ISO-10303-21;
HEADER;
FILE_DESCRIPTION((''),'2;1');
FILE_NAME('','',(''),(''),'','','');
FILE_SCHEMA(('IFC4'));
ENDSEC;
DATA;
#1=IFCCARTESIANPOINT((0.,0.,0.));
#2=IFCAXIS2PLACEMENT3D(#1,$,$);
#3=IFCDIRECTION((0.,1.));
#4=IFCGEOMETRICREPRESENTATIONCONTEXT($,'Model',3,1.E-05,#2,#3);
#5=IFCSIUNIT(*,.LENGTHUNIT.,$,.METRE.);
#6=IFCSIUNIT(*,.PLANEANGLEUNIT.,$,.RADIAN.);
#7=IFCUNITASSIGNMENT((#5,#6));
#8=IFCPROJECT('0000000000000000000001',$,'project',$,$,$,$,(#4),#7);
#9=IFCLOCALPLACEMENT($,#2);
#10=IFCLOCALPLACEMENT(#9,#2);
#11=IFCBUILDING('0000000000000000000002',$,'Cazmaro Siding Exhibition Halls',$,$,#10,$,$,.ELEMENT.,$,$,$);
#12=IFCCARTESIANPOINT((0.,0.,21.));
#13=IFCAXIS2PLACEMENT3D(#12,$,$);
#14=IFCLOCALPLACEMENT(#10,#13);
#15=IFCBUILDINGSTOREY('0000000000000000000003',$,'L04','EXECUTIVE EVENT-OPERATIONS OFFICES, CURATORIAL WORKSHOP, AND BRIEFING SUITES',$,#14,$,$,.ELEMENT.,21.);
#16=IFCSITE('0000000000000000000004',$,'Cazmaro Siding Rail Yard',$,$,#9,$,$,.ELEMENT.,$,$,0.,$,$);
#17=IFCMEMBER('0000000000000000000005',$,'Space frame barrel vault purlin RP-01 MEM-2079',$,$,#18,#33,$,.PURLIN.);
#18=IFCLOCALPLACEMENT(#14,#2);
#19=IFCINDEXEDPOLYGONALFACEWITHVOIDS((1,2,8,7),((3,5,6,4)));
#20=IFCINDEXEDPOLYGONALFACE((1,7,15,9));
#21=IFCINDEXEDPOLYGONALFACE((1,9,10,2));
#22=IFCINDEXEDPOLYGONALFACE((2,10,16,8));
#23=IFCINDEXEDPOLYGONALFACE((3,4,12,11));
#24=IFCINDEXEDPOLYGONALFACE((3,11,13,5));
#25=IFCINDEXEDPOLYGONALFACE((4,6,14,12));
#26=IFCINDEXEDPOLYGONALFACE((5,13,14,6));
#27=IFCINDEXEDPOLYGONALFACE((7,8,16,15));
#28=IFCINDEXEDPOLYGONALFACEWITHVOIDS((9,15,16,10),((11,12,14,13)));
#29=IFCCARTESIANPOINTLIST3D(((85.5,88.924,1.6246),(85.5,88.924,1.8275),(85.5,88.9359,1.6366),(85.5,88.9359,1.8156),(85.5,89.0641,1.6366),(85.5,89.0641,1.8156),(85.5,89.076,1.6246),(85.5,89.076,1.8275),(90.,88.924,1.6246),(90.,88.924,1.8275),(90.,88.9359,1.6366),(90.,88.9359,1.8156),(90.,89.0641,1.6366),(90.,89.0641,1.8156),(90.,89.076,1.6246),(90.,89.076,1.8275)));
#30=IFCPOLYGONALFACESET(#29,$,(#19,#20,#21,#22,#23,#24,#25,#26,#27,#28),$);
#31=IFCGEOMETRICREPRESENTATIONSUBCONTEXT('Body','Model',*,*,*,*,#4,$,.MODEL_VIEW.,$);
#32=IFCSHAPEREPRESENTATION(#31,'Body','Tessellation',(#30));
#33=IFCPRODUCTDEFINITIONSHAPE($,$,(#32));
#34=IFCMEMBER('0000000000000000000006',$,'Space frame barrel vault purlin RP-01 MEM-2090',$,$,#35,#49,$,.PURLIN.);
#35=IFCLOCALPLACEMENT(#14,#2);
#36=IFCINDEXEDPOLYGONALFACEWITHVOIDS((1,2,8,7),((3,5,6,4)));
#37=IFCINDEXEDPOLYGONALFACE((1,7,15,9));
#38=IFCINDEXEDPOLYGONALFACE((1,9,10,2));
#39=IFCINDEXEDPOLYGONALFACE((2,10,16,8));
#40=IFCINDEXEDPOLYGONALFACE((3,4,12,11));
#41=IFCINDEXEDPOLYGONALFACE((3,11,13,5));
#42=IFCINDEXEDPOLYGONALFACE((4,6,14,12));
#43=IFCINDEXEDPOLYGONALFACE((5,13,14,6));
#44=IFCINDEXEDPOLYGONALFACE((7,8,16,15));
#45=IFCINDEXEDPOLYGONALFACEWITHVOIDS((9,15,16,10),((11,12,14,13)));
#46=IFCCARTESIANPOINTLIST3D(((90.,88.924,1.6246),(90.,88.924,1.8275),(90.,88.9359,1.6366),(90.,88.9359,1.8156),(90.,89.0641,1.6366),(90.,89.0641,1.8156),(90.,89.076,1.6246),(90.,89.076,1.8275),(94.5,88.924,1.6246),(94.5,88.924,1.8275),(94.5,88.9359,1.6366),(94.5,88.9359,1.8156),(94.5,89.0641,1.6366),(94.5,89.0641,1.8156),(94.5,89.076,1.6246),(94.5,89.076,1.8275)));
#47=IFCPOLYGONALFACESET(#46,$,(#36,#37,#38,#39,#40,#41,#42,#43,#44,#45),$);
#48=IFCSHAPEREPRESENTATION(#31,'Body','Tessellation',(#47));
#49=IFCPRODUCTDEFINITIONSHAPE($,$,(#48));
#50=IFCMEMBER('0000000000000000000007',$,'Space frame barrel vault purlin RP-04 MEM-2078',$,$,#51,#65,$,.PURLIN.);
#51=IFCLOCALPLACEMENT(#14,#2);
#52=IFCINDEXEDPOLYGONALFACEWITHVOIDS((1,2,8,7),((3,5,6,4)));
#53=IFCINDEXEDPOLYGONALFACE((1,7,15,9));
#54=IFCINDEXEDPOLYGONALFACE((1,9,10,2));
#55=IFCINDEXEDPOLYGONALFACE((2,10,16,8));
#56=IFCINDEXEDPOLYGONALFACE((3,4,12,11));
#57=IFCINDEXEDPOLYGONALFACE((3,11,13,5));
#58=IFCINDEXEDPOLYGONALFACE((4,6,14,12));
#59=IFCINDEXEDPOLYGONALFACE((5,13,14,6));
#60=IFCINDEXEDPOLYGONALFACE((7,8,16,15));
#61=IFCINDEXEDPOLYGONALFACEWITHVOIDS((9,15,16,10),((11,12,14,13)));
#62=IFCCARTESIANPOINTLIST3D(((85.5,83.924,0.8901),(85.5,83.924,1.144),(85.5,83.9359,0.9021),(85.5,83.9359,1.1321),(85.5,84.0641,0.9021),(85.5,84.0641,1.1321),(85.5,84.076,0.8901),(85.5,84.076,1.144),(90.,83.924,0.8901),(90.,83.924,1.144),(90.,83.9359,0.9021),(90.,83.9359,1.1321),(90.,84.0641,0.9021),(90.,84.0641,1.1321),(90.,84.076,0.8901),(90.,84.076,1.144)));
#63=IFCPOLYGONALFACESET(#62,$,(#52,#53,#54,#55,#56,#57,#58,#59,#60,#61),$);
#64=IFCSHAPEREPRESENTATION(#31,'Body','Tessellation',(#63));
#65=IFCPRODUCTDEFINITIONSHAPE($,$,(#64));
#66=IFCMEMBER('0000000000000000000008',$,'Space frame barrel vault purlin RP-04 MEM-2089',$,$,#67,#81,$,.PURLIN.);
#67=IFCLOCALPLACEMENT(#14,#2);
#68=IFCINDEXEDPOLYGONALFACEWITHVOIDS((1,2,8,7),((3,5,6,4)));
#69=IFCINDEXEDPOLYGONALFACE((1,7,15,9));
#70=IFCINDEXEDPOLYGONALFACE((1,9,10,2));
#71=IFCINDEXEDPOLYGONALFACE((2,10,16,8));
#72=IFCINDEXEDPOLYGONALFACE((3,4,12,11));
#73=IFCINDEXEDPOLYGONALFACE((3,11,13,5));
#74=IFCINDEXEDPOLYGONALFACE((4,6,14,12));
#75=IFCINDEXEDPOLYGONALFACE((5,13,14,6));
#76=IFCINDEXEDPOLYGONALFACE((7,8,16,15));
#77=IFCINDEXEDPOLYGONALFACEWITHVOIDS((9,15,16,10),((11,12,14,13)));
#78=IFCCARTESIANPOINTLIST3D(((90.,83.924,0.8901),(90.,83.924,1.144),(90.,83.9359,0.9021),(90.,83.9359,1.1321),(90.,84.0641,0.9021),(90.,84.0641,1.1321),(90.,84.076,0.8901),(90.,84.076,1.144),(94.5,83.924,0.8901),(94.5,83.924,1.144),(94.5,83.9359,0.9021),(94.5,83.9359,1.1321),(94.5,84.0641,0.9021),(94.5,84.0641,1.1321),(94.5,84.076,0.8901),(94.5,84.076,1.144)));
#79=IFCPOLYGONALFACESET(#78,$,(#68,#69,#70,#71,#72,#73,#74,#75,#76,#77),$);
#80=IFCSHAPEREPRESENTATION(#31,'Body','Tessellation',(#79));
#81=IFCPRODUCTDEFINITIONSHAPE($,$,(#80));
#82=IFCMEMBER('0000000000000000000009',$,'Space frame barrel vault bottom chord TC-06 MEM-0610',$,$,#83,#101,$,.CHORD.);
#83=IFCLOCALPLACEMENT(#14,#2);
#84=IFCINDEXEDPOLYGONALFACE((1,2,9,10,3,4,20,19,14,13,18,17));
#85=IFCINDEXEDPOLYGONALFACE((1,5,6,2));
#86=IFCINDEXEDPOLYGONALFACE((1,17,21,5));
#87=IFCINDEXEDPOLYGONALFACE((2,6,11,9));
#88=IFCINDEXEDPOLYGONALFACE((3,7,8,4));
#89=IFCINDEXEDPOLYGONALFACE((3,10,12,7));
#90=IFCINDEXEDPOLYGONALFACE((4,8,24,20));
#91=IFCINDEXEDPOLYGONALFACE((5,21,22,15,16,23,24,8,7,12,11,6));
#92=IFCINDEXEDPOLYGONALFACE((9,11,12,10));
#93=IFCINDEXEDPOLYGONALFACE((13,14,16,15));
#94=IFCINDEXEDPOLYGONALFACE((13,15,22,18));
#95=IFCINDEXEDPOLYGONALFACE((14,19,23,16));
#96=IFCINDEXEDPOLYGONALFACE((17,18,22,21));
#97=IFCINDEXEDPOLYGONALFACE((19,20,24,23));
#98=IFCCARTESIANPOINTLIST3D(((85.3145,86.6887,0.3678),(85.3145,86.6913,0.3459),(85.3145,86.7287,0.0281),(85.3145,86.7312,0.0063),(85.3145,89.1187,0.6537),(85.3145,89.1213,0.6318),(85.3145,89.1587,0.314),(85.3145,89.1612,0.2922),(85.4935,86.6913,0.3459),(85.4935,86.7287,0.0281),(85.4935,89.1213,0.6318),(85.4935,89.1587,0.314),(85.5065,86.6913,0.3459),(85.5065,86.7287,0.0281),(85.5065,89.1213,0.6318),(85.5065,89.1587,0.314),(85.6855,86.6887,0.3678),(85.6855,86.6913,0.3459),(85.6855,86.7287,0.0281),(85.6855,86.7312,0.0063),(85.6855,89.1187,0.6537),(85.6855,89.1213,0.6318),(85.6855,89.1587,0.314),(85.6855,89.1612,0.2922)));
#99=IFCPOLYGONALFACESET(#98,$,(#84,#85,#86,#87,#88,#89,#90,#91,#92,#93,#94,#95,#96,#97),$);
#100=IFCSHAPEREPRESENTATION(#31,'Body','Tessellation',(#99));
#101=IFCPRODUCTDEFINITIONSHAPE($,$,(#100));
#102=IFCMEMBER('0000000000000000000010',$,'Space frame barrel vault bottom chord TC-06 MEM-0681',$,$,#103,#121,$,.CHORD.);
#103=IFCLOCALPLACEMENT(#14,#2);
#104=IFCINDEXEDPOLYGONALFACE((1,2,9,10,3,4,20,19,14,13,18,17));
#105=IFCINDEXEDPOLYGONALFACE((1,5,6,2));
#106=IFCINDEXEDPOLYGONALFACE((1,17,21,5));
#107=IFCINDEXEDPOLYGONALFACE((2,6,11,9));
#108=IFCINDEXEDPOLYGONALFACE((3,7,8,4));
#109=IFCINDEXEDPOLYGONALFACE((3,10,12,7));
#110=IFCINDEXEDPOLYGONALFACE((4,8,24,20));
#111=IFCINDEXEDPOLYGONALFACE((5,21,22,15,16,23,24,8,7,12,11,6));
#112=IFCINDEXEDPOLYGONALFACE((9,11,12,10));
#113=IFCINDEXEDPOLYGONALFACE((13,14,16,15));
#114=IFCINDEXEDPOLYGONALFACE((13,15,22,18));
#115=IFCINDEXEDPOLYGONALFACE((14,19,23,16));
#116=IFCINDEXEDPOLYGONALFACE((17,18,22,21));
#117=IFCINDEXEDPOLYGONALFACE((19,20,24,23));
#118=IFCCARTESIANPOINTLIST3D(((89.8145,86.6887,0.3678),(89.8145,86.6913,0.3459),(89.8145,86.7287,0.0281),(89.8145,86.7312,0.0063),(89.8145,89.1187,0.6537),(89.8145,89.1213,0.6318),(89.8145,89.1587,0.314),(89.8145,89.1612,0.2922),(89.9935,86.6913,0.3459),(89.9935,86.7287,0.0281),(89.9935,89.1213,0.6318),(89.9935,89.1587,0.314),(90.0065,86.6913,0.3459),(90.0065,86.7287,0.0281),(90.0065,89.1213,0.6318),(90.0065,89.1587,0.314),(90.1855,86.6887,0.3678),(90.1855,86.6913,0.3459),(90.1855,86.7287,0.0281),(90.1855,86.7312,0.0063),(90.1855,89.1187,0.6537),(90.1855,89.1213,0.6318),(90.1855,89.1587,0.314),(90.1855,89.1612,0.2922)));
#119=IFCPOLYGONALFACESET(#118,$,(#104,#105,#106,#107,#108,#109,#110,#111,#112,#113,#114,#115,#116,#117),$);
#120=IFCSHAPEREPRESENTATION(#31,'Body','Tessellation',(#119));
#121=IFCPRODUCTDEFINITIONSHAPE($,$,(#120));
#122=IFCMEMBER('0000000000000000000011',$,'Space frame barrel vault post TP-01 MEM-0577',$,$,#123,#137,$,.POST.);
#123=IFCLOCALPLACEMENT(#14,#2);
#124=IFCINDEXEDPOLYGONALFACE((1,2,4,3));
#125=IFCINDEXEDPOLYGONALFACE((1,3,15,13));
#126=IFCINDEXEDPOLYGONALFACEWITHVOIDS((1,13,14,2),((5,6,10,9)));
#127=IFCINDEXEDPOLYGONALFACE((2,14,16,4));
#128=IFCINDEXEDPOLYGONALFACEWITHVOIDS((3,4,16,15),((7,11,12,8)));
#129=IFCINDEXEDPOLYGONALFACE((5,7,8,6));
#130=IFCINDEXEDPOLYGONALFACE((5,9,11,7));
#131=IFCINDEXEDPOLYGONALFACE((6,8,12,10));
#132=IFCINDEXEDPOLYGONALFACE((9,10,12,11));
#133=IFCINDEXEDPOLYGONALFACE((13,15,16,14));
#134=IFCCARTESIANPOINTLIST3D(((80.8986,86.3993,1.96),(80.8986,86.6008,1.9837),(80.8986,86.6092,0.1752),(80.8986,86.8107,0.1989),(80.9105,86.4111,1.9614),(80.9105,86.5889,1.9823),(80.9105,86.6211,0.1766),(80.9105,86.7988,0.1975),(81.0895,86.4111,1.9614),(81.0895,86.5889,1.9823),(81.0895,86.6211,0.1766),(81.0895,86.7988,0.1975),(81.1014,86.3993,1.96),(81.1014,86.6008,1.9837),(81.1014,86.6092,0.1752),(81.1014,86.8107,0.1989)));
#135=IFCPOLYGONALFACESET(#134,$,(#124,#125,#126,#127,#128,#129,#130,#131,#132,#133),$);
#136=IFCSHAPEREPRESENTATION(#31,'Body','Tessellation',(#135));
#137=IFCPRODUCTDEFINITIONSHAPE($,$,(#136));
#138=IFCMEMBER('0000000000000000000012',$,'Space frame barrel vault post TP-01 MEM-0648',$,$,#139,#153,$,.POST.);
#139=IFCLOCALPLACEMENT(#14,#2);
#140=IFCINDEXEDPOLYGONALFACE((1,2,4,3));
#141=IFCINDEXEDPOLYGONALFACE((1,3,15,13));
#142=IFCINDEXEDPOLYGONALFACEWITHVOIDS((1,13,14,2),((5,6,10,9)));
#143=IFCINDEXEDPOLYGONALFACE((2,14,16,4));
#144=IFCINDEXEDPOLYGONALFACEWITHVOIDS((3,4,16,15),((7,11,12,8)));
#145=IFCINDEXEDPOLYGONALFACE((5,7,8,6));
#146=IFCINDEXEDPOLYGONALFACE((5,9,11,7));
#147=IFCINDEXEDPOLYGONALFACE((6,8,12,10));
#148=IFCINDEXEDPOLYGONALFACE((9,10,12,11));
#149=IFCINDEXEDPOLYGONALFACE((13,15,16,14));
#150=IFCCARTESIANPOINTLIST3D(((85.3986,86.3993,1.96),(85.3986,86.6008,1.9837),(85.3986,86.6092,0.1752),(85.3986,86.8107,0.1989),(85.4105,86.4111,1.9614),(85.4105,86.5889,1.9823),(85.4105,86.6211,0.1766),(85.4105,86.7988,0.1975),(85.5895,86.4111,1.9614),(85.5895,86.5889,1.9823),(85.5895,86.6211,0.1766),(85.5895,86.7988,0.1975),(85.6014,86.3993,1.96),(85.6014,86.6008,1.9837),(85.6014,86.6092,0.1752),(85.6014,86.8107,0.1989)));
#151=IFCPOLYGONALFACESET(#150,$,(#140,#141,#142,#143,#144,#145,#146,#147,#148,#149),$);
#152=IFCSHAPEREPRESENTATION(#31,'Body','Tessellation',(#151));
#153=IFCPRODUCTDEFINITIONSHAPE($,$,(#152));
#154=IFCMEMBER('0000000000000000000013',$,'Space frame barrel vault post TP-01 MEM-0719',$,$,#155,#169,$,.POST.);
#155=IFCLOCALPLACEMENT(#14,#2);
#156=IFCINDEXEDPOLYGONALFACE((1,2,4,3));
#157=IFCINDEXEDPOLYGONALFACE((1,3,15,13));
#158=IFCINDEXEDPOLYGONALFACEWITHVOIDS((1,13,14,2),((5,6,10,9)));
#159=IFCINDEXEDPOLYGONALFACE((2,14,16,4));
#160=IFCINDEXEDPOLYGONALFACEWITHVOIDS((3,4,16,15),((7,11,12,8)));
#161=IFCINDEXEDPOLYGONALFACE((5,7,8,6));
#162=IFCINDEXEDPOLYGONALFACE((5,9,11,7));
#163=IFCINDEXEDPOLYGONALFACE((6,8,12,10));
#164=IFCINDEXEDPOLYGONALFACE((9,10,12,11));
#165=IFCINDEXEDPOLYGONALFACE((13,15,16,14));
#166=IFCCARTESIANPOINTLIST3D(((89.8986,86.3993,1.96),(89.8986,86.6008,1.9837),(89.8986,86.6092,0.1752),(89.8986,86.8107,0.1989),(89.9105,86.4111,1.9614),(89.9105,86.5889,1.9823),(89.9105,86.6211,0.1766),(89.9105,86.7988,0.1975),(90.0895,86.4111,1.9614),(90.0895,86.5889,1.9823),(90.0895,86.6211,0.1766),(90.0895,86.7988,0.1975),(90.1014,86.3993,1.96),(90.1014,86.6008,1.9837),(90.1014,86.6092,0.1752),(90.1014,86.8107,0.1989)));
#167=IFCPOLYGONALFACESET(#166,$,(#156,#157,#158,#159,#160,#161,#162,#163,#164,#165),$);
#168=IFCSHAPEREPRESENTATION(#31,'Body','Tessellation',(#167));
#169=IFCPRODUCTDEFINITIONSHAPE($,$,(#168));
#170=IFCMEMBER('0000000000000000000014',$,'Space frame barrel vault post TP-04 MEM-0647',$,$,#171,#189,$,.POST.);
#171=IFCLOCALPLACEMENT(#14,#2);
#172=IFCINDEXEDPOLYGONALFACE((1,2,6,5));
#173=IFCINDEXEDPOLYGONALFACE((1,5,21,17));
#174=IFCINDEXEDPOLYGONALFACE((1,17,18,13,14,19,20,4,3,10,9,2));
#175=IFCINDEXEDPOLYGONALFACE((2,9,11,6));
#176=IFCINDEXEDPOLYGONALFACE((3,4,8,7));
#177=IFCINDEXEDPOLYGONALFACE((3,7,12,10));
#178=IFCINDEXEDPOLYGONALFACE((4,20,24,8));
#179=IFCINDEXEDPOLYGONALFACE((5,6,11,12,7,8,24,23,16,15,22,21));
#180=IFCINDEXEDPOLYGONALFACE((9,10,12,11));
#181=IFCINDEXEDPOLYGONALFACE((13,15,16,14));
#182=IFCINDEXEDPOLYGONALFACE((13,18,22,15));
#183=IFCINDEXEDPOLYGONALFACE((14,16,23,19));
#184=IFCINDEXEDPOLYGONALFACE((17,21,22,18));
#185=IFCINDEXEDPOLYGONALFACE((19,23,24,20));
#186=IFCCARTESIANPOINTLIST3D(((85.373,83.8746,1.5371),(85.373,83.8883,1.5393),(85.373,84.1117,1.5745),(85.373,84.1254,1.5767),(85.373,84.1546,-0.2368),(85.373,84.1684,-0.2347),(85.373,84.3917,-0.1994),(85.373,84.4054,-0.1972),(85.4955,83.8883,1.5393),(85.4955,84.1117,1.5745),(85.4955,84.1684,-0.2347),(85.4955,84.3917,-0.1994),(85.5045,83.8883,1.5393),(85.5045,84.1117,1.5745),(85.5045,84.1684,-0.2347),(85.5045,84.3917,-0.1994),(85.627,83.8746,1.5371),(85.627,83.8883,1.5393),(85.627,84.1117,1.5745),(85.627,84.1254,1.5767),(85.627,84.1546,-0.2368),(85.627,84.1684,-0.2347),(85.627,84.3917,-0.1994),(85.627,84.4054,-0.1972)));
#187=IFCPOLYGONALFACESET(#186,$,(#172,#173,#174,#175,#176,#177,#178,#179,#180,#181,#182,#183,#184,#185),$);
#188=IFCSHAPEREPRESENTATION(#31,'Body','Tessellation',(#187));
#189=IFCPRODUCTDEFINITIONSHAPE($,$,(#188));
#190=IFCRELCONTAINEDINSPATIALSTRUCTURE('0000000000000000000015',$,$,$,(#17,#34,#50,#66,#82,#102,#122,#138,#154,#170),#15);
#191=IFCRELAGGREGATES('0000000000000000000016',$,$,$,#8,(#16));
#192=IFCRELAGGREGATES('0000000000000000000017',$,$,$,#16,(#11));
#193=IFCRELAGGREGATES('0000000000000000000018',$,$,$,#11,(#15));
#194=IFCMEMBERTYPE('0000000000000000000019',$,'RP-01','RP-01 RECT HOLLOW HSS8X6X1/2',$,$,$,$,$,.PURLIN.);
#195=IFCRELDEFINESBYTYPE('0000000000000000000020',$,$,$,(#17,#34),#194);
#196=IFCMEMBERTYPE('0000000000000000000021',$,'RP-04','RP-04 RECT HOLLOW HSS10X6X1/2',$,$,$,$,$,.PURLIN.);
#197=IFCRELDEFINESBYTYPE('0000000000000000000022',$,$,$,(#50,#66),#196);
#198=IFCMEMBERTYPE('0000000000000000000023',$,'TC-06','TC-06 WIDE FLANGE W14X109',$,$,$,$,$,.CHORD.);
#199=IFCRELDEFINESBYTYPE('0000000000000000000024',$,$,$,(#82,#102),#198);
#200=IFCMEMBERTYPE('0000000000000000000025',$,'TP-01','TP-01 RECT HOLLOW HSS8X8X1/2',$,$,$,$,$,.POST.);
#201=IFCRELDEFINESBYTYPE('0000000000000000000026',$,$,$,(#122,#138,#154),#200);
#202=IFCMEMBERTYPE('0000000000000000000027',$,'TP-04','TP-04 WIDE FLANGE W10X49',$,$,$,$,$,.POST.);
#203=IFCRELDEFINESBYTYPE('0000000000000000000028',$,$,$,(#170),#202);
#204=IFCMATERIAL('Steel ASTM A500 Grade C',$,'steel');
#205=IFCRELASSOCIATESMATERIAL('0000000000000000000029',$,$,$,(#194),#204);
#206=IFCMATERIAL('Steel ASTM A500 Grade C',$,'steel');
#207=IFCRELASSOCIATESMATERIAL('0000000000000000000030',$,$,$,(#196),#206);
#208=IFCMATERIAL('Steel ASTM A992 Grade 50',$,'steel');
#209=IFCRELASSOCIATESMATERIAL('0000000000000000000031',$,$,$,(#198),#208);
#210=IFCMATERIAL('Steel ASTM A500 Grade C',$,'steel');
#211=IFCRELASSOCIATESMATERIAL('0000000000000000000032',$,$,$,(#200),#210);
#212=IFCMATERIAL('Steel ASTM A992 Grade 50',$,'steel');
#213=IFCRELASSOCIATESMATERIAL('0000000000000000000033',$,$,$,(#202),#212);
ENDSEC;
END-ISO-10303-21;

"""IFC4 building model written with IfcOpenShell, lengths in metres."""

from ifc_helpers import new_model, si_unit, direction, frame, origin, origin_2d, place, context, subcontext, project, spatial, hollow_rectangle, i_section, extrude, material, material_profile, profile_set, type_object, element, save


model = new_model("IFC4")

# Units and contexts
model_context = context("Model", 3, precision=1e-05, world=origin(), true_north=direction((0.0, 1.0)))
body_context = subcontext(model_context, "Body", "Model", "MODEL_VIEW")
ifc_project = project(units=[si_unit("LENGTHUNIT", "METRE"), si_unit("PLANEANGLEUNIT", "RADIAN")], contexts=[model_context])

# Site, building, storey
site_placement = place(None, origin())
site = spatial("IfcSite", under=ifc_project, at=site_placement, Name="Cazmaro Siding Rail Yard", CompositionType="ELEMENT", RefElevation=0.0)
building_placement = place(site_placement, origin())
building = spatial("IfcBuilding", under=site, at=building_placement, Name="Cazmaro Siding Exhibition Halls", CompositionType="ELEMENT")
storey_placement = place(building_placement, frame((0.0, 0.0, 21.0)))
storey = spatial("IfcBuildingStorey", under=building, at=storey_placement, Name="L04", Description="EXECUTIVE EVENT-OPERATIONS OFFICES, CURATORIAL WORKSHOP, AND BRIEFING SUITES", CompositionType="ELEMENT", Elevation=21.0)

# Members
ifc_material_1 = material(Name="Steel ASTM A500 Grade C", Category="steel")
ifc_material_profile_1 = material_profile(ifc_material_1, hollow_rectangle(XDim=0.1521, YDim=0.2029, WallThickness=0.012, at=origin_2d()), Name="HSS8X6X1/2")
ifc_profile_set_1 = profile_set([ifc_material_profile_1], Name="Steel ASTM A500 Grade C")
member_type_1 = type_object("IfcMemberType", Name="RP-01", Description="RP-01 RECT HOLLOW HSS8X6X1/2", PredefinedType="PURLIN", material=ifc_profile_set_1)
for number, where, z_axis, x_axis, name in (
    (1, (85.5, 89.0, 1.7261), (1.0, 0.0, 0.0), (0.0, 1.0, 0.0), "Space frame barrel vault purlin RP-01 MEM-2079"),
    (2, (90.0, 89.0, 1.7261), (1.0, 0.0, 0.0), (0.0, 1.0, 0.0), "Space frame barrel vault purlin RP-01 MEM-2090"),
):
    element("IfcMember", number, at=place(storey_placement, frame(where, z_axis=z_axis, x_axis=x_axis)), inside=storey, type_object=member_type_1, Name=name, PredefinedType="PURLIN", context=body_context, shape_type="SweptSolid", body=[
        extrude(hollow_rectangle(XDim=0.1521, YDim=0.2029, WallThickness=0.012, at=origin_2d()), origin(), (0.0, 0.0, 1.0), 4.5),
    ])
ifc_material_2 = material(Name="Steel ASTM A500 Grade C", Category="steel")
ifc_material_profile_2 = material_profile(ifc_material_2, hollow_rectangle(XDim=0.1521, YDim=0.2539, WallThickness=0.012, at=origin_2d()), Name="HSS10X6X1/2")
ifc_profile_set_2 = profile_set([ifc_material_profile_2], Name="Steel ASTM A500 Grade C")
member_type_2 = type_object("IfcMemberType", Name="RP-04", Description="RP-04 RECT HOLLOW HSS10X6X1/2", PredefinedType="PURLIN", material=ifc_profile_set_2)
for number, where, z_axis, x_axis, name in (
    (3, (85.5, 84.0, 1.0171), (1.0, 0.0, 0.0), (0.0, 1.0, 0.0), "Space frame barrel vault purlin RP-04 MEM-2078"),
    (4, (90.0, 84.0, 1.0171), (1.0, 0.0, 0.0), (0.0, 1.0, 0.0), "Space frame barrel vault purlin RP-04 MEM-2089"),
):
    element("IfcMember", number, at=place(storey_placement, frame(where, z_axis=z_axis, x_axis=x_axis)), inside=storey, type_object=member_type_2, Name=name, PredefinedType="PURLIN", context=body_context, shape_type="SweptSolid", body=[
        extrude(hollow_rectangle(XDim=0.1521, YDim=0.2539, WallThickness=0.012, at=origin_2d()), origin(), (0.0, 0.0, 1.0), 4.5),
    ])
ifc_material_3 = material(Name="Steel ASTM A992 Grade 50", Category="steel")
ifc_material_profile_3 = material_profile(ifc_material_3, i_section(OverallWidth=0.3711, OverallDepth=0.364, WebThickness=0.0129, FlangeThickness=0.022, at=origin_2d()), Name="W14X109")
ifc_profile_set_3 = profile_set([ifc_material_profile_3], Name="Steel ASTM A992 Grade 50")
member_type_3 = type_object("IfcMemberType", Name="TC-06", Description="TC-06 WIDE FLANGE W14X109", PredefinedType="CHORD", material=ifc_profile_set_3)
for number, where, z_axis, x_axis, name in (
    (5, (85.5, 86.71, 0.187), (0.0, 0.99315, 0.116847), (-1.0, 0.0, 0.0), "Space frame barrel vault bottom chord TC-06 MEM-0610"),
    (6, (90.0, 86.71, 0.187), (0.0, 0.99315, 0.116847), (-1.0, 0.0, 0.0), "Space frame barrel vault bottom chord TC-06 MEM-0681"),
):
    element("IfcMember", number, at=place(storey_placement, frame(where, z_axis=z_axis, x_axis=x_axis)), inside=storey, type_object=member_type_3, Name=name, PredefinedType="CHORD", context=body_context, shape_type="SweptSolid", body=[
        extrude(i_section(OverallWidth=0.3711, OverallDepth=0.364, WebThickness=0.0129, FlangeThickness=0.022, at=origin_2d()), origin(), (0.0, 0.0, 1.0), 2.4468),
    ])
ifc_material_4 = material(Name="Steel ASTM A500 Grade C", Category="steel")
ifc_material_profile_4 = material_profile(ifc_material_4, hollow_rectangle(XDim=0.2029, YDim=0.2029, WallThickness=0.012, at=origin_2d()), Name="HSS8X8X1/2")
ifc_profile_set_4 = profile_set([ifc_material_profile_4], Name="Steel ASTM A500 Grade C")
member_type_4 = type_object("IfcMemberType", Name="TP-01", Description="TP-01 RECT HOLLOW HSS8X8X1/2", PredefinedType="POST", material=ifc_profile_set_4)
for number, where, z_axis, x_axis, name in (
    (7, (81.0, 86.71, 0.187), (0.0, -0.116825, 0.993152), (1.0, 0.0, 0.0), "Space frame barrel vault post TP-01 MEM-0577"),
    (8, (85.5, 86.71, 0.187), (0.0, -0.116825, 0.993152), (1.0, 0.0, 0.0), "Space frame barrel vault post TP-01 MEM-0648"),
    (9, (90.0, 86.71, 0.187), (0.0, -0.116825, 0.993152), (1.0, 0.0, 0.0), "Space frame barrel vault post TP-01 MEM-0719"),
):
    element("IfcMember", number, at=place(storey_placement, frame(where, z_axis=z_axis, x_axis=x_axis)), inside=storey, type_object=member_type_4, Name=name, PredefinedType="POST", context=body_context, shape_type="SweptSolid", body=[
        extrude(hollow_rectangle(XDim=0.2029, YDim=0.2029, WallThickness=0.012, at=origin_2d()), origin(), (0.0, 0.0, 1.0), 1.7971),
    ])
ifc_material_5 = material(Name="Steel ASTM A992 Grade 50", Category="steel")
ifc_material_profile_5 = material_profile(ifc_material_5, i_section(OverallWidth=0.2539, OverallDepth=0.2539, WebThickness=0.009, FlangeThickness=0.0139, at=origin_2d()), Name="W10X49")
ifc_profile_set_5 = profile_set([ifc_material_profile_5], Name="Steel ASTM A992 Grade 50")
member_type_5 = type_object("IfcMemberType", Name="TP-04", Description="TP-04 WIDE FLANGE W10X49", PredefinedType="POST", material=ifc_profile_set_5)
for number, where, z_axis, x_axis, name in (
    (10, (85.5, 84.28, -0.217), (0.0, -0.155928, 0.987768), (1.0, 0.0, 0.0), "Space frame barrel vault post TP-04 MEM-0647"),
):
    element("IfcMember", number, at=place(storey_placement, frame(where, z_axis=z_axis, x_axis=x_axis)), inside=storey, type_object=member_type_5, Name=name, PredefinedType="POST", context=body_context, shape_type="SweptSolid", body=[
        extrude(i_section(OverallWidth=0.2539, OverallDepth=0.2539, WebThickness=0.009, FlangeThickness=0.0139, at=origin_2d()), origin(), (0.0, 0.0, 1.0), 1.7959),
    ])

save(model, "model.ifc")
